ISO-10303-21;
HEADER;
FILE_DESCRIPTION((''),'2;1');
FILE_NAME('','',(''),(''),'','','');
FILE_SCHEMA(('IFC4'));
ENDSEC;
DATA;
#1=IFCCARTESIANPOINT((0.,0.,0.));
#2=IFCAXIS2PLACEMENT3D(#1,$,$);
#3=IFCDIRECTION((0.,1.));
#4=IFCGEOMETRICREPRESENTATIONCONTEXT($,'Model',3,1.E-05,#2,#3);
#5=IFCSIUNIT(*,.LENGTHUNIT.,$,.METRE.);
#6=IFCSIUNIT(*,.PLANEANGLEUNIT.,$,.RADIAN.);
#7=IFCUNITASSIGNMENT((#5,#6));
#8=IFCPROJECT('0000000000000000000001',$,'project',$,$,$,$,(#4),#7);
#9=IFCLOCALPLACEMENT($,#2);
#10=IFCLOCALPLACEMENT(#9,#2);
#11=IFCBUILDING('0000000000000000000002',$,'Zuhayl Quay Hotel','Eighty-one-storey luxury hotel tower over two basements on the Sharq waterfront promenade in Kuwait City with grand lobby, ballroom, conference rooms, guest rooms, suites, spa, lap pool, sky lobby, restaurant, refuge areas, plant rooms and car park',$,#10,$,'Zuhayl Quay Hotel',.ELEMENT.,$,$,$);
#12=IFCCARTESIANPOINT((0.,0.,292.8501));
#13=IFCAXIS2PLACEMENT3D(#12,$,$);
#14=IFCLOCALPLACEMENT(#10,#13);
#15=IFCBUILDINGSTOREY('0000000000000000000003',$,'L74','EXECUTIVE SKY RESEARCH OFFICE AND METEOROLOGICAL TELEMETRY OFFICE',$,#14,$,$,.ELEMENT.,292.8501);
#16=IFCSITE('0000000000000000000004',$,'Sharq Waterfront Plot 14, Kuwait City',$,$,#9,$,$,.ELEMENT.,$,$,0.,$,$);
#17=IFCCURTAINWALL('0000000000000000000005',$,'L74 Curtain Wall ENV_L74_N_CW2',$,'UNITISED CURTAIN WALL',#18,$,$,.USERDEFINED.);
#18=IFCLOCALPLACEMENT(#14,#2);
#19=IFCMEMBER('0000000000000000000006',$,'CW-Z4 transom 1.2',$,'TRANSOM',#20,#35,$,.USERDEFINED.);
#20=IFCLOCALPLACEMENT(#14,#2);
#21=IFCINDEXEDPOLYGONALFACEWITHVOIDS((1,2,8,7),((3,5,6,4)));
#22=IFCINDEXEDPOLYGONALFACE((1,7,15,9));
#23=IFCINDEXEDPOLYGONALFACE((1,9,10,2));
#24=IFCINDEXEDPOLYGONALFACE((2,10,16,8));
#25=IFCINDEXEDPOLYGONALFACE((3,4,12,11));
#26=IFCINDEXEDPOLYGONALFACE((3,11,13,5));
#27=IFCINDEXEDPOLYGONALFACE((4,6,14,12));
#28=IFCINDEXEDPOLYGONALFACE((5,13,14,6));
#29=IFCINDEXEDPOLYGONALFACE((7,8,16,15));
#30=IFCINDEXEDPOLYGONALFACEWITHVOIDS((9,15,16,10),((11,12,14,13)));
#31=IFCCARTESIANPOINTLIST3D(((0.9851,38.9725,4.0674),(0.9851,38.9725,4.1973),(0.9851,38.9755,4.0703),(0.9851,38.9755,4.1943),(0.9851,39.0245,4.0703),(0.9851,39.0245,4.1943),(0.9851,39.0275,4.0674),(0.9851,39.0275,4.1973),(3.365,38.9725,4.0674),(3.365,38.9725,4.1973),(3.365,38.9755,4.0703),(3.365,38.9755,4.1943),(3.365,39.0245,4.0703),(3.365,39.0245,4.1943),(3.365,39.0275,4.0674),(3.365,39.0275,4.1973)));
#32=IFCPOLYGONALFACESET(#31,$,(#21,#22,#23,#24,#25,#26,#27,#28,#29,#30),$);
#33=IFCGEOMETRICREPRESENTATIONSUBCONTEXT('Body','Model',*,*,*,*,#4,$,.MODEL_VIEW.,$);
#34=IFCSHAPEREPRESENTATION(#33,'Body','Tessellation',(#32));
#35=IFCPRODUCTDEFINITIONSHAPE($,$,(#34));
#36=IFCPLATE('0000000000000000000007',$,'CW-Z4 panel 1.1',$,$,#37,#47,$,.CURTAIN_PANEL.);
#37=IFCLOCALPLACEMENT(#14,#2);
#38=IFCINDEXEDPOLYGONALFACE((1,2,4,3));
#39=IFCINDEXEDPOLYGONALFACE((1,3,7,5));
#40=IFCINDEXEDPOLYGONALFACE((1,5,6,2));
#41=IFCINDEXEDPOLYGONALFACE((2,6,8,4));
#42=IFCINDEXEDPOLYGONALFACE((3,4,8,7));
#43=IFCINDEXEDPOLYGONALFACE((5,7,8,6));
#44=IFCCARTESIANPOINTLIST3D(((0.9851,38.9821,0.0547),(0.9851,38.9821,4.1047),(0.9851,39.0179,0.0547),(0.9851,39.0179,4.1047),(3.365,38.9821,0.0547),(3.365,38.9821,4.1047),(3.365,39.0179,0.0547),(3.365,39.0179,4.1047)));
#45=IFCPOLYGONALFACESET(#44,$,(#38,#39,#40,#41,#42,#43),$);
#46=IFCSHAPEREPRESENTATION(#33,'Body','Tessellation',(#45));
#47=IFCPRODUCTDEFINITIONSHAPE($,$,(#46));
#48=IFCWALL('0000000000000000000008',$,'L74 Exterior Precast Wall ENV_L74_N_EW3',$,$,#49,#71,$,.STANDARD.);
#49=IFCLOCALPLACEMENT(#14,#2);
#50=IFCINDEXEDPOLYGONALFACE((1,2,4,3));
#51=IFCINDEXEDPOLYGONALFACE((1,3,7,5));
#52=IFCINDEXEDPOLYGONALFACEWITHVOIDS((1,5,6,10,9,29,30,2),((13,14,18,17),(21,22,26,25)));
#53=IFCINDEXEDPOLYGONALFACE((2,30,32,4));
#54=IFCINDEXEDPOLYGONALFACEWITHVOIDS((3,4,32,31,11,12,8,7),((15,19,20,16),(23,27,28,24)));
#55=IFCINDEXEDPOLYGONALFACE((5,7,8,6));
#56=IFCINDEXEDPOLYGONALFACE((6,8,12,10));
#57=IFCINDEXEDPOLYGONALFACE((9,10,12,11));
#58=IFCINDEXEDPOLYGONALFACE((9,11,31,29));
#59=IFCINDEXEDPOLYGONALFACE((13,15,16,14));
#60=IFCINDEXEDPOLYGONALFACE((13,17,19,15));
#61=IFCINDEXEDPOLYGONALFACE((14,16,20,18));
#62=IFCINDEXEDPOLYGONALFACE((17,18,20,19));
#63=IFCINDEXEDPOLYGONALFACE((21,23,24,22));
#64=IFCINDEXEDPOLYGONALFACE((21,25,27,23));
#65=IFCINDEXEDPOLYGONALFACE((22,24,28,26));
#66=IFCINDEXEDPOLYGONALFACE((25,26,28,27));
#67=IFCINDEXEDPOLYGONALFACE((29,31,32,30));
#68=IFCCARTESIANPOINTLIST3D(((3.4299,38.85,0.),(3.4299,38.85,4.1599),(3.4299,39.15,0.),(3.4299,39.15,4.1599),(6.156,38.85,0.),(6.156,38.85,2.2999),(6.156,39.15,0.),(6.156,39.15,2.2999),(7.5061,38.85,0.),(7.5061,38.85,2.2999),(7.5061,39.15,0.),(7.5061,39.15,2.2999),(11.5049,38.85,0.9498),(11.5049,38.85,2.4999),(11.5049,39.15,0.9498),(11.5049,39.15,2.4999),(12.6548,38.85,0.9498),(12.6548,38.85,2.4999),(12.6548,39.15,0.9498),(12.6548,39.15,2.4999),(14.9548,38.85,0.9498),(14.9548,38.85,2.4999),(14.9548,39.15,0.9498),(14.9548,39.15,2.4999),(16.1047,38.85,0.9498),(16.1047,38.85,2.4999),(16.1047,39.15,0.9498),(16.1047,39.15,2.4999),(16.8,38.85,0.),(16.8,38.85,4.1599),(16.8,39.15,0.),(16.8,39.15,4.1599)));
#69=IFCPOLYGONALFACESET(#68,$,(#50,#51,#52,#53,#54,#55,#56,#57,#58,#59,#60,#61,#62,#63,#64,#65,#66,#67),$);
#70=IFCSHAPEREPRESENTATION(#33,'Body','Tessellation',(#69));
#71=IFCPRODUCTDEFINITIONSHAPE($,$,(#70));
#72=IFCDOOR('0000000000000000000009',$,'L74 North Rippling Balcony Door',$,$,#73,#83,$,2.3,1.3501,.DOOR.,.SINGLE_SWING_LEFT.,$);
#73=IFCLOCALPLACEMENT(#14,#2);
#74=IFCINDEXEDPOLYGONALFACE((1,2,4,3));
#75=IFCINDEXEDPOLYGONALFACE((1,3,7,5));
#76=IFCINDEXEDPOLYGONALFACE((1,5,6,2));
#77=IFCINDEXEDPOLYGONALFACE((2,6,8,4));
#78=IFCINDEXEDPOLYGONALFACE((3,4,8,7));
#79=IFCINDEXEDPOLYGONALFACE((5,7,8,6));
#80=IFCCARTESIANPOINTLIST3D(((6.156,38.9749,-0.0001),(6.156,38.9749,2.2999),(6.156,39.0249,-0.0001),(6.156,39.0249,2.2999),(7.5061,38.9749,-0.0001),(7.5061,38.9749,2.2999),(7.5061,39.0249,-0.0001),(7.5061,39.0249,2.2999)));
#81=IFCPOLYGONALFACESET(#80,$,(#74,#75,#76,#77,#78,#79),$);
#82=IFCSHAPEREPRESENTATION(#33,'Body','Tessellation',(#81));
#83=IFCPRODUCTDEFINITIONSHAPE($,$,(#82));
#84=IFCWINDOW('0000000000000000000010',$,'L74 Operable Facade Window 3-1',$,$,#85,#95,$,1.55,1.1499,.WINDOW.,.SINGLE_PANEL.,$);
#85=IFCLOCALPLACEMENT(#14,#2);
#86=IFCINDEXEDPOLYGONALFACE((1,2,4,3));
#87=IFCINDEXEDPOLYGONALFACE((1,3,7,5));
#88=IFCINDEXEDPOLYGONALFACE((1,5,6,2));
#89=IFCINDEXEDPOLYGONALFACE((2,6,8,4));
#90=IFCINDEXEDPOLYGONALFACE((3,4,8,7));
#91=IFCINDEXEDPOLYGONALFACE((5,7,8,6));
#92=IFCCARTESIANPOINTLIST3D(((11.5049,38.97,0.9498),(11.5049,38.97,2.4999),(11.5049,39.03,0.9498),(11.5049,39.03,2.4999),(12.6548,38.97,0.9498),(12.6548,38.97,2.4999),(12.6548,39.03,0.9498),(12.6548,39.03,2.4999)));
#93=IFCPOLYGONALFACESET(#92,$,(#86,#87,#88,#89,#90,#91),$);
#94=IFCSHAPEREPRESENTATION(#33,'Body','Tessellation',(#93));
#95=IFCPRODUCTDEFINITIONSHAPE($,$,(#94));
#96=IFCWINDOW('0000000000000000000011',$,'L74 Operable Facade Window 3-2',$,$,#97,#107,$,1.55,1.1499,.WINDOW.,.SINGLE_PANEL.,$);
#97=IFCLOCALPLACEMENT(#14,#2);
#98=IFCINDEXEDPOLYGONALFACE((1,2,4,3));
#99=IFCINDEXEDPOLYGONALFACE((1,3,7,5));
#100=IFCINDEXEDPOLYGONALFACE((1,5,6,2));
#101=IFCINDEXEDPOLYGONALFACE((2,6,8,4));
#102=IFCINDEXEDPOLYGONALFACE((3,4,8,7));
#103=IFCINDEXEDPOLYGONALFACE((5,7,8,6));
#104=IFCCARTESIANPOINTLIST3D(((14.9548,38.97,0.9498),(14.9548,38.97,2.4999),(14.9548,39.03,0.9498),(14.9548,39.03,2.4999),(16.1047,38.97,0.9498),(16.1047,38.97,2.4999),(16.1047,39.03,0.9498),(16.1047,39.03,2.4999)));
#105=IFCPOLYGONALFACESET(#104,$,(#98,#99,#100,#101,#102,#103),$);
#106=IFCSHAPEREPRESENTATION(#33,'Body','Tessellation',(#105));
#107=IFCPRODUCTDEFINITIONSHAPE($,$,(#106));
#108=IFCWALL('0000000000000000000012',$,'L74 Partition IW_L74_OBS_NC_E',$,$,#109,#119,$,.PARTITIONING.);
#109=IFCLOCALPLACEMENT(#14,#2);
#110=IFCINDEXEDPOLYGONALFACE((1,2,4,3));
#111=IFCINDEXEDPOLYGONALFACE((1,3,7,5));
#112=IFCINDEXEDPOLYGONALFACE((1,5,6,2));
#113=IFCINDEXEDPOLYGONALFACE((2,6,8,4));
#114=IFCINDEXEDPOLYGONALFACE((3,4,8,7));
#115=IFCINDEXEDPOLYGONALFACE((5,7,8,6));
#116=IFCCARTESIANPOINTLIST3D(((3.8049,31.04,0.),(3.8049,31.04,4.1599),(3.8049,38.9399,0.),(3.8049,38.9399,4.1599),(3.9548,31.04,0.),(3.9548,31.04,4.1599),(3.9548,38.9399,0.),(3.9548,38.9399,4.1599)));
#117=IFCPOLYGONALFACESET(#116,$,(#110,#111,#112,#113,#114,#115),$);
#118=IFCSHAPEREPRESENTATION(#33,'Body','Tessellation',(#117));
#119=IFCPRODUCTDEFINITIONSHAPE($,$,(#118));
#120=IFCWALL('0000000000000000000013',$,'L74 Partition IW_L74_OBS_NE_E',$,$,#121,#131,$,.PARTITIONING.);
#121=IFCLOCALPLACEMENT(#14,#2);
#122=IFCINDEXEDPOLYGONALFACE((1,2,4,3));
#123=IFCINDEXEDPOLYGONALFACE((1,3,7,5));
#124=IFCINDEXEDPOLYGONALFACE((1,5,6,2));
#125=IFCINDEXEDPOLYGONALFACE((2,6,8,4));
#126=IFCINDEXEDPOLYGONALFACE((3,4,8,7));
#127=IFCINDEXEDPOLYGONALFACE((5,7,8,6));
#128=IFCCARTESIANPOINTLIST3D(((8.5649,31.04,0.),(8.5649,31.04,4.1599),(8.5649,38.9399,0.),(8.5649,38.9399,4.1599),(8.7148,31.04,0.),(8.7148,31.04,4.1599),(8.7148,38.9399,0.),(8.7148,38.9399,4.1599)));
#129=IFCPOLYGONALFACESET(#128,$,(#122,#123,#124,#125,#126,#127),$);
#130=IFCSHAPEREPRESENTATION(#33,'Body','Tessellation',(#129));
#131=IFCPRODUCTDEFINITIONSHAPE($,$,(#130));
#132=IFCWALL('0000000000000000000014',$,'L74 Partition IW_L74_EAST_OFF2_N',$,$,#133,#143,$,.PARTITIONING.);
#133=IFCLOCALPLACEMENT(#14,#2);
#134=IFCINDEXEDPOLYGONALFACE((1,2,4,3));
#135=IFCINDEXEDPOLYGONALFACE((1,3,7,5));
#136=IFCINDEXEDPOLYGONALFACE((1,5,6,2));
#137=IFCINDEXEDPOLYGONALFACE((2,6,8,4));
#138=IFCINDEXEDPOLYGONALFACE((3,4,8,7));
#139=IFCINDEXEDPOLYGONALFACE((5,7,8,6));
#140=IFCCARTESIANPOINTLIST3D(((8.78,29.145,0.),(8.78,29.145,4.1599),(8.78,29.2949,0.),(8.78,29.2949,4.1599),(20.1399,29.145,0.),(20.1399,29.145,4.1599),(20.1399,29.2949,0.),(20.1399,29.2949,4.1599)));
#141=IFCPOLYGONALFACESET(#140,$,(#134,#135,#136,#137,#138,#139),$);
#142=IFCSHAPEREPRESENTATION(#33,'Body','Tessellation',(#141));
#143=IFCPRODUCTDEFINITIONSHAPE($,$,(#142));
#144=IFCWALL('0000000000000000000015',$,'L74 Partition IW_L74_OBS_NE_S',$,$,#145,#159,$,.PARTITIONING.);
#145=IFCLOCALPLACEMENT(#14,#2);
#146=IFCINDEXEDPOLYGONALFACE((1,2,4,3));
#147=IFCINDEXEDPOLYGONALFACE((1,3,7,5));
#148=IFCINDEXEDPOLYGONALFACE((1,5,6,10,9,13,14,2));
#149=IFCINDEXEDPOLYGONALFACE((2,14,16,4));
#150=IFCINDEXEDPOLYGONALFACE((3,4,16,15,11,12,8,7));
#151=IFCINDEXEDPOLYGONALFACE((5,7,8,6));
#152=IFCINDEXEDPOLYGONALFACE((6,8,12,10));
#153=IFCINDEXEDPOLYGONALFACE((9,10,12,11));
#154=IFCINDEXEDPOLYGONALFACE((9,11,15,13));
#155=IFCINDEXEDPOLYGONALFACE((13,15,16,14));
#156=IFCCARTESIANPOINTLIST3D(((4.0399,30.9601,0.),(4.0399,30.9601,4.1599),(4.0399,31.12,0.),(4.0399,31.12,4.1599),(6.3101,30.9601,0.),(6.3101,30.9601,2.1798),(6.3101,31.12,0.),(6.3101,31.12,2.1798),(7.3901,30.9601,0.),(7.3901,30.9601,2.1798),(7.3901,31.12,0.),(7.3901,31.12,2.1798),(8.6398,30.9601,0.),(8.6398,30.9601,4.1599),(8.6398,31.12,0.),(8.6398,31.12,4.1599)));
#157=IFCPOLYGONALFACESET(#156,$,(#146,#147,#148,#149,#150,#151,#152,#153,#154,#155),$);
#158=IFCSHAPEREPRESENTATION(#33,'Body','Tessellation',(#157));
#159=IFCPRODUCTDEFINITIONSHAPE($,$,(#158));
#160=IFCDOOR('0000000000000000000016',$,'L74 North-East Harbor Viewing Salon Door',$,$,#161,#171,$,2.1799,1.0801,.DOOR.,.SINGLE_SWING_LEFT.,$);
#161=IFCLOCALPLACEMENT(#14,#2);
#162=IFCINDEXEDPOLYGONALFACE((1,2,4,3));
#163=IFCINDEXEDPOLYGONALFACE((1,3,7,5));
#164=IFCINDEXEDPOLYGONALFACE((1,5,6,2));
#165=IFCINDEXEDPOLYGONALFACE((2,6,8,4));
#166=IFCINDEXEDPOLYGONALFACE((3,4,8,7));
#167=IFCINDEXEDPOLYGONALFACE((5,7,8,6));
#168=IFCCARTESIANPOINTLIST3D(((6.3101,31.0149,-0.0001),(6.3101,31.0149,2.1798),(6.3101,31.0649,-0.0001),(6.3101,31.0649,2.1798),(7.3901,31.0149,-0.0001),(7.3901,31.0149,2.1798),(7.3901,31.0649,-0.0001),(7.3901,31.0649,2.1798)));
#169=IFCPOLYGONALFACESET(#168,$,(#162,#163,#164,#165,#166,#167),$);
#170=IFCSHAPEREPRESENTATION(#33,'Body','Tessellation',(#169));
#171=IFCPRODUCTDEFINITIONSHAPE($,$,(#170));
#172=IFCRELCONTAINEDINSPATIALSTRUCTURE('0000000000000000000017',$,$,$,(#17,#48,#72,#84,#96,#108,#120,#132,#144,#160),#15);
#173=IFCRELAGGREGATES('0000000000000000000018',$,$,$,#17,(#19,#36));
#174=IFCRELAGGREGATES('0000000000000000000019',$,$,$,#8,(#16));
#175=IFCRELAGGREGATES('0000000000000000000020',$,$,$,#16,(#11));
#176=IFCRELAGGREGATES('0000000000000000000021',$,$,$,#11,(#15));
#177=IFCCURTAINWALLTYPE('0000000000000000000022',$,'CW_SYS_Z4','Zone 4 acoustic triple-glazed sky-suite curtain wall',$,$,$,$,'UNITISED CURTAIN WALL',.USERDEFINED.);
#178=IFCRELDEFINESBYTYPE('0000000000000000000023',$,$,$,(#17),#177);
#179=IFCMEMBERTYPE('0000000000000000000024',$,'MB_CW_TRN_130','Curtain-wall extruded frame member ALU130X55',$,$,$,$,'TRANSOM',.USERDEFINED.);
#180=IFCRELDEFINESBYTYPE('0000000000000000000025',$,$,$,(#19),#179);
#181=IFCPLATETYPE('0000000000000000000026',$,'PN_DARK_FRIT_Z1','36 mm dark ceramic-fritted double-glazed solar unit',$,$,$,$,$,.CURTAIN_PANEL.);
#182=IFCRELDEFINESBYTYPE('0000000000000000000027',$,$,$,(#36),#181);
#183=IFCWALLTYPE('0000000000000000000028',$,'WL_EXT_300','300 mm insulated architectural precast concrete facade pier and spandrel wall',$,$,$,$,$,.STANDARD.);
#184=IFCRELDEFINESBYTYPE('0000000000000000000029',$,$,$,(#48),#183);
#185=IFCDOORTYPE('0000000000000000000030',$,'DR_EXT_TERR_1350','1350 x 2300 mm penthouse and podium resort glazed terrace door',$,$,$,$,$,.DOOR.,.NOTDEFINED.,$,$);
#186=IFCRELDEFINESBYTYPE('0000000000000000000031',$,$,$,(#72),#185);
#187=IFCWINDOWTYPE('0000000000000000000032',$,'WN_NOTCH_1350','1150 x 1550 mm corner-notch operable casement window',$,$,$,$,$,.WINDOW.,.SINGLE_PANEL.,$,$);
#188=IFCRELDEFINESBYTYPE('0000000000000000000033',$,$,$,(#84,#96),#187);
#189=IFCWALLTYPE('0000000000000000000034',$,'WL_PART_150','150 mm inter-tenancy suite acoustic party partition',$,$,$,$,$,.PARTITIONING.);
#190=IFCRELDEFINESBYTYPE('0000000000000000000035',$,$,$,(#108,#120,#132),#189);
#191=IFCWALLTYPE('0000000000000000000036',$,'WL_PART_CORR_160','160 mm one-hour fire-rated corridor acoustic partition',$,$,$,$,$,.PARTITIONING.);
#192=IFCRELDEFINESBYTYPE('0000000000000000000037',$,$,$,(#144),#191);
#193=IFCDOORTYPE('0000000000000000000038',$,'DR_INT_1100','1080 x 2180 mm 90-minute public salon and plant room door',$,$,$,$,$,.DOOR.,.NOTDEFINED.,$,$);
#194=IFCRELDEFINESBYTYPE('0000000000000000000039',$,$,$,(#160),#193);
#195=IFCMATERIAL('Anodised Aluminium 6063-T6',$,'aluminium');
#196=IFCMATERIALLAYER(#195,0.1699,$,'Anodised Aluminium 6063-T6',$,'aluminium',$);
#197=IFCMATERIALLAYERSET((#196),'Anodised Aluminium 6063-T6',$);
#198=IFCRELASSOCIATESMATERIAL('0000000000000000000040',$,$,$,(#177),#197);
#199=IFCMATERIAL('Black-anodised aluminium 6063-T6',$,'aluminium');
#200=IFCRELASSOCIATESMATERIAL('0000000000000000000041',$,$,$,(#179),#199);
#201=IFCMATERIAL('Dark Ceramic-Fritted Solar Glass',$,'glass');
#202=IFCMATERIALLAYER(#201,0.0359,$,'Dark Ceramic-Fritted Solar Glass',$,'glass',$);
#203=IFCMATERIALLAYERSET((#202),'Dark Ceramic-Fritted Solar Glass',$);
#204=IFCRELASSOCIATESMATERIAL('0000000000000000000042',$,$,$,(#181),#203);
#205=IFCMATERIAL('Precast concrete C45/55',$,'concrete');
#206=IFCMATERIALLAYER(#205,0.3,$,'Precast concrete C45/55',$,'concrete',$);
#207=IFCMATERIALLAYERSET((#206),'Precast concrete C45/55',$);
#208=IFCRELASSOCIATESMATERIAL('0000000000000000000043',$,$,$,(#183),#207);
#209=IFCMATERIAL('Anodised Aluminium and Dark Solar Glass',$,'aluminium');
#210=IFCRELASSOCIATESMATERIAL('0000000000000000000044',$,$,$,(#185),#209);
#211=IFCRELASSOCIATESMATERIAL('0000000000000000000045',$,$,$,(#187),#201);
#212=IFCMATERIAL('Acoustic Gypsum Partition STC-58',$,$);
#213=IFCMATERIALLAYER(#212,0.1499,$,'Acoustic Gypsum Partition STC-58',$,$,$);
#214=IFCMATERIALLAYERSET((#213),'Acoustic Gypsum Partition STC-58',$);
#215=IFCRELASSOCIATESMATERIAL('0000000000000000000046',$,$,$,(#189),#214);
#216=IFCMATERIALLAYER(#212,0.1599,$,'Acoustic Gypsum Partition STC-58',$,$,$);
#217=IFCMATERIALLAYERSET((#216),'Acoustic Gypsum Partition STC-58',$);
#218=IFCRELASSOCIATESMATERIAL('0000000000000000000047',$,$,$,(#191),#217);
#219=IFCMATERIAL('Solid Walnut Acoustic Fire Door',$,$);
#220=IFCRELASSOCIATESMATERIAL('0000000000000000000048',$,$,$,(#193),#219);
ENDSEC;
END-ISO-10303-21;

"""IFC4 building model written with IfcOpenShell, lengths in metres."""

from ifc_helpers import new_model, si_unit, direction, frame, frame_2d, origin, origin_2d, place, context, subcontext, project, spatial, rectangle, hollow_rectangle, extrude, material, layer, layer_set, material_profile, profile_set, type_object, element, fill, aggregate, save


model = new_model("IFC4")

# Units and contexts
model_context = context("Model", 3, precision=1e-05, world=origin(), true_north=direction((0.0, 1.0)))
body_context = subcontext(model_context, "Body", "Model", "MODEL_VIEW")
ifc_project = project(units=[si_unit("LENGTHUNIT", "METRE"), si_unit("PLANEANGLEUNIT", "RADIAN")], contexts=[model_context])

# Site, building, storey
site_placement = place(None, origin())
site = spatial("IfcSite", under=ifc_project, at=site_placement, Name="Sharq Waterfront Plot 14, Kuwait City", CompositionType="ELEMENT", RefElevation=0.0)
building_placement = place(site_placement, origin())
building = spatial("IfcBuilding", under=site, at=building_placement, Name="Zuhayl Quay Hotel", Description="Eighty-one-storey luxury hotel tower over two basements on the Sharq waterfront promenade in Kuwait City with grand lobby, ballroom, conference rooms, guest rooms, suites, spa, lap pool, sky lobby, restaurant, refuge areas, plant rooms and car park", LongName="Zuhayl Quay Hotel", CompositionType="ELEMENT")
storey_placement = place(building_placement, frame((0.0, 0.0, 292.8501)))
storey = spatial("IfcBuildingStorey", under=building, at=storey_placement, Name="L74", Description="EXECUTIVE SKY RESEARCH OFFICE AND METEOROLOGICAL TELEMETRY OFFICE", CompositionType="ELEMENT", Elevation=292.8501)

# Curtain wall, member, plate
ifc_material_1 = material(Name="Anodised Aluminium 6063-T6", Category="aluminium")
ifc_layer_1 = layer(ifc_material_1, 0.1699, Name="Anodised Aluminium 6063-T6", Category="aluminium")
ifc_layer_set_1 = layer_set([ifc_layer_1], Name="Anodised Aluminium 6063-T6")
curtain_wall_type = type_object("IfcCurtainWallType", Name="CW_SYS_Z4", Description="Zone 4 acoustic triple-glazed sky-suite curtain wall", ElementType="UNITISED CURTAIN WALL", PredefinedType="USERDEFINED", material=ifc_layer_set_1)
curtain_wall_placement = place(storey_placement, origin())
curtain_wall = element("IfcCurtainWall", 1, at=curtain_wall_placement, inside=storey, type_object=curtain_wall_type, Name="L74 Curtain Wall ENV_L74_N_CW2", ObjectType="UNITISED CURTAIN WALL", PredefinedType="USERDEFINED")
ifc_material_2 = material(Name="Black-anodised aluminium 6063-T6", Category="aluminium")
ifc_material_profile_1 = material_profile(ifc_material_2, hollow_rectangle(XDim=0.0549, YDim=0.1299, WallThickness=0.0029, at=origin_2d()), Name="ALU130X55")
ifc_profile_set_1 = profile_set([ifc_material_profile_1], Name="Black-anodised aluminium 6063-T6")
member_type_1 = type_object("IfcMemberType", Name="MB_CW_TRN_130", Description="Curtain-wall extruded frame member ALU130X55", ElementType="TRANSOM", PredefinedType="USERDEFINED", material=ifc_profile_set_1)
member_1_placement = place(storey_placement, frame((0.9851, 39.0, 4.1323), z_axis=(1.0, 0.0, 0.0), x_axis=(0.0, 1.0, 0.0)))
member_1 = element("IfcMember", 2, at=member_1_placement, type_object=member_type_1, Name="CW-Z4 transom 1.2", ObjectType="TRANSOM", PredefinedType="USERDEFINED", context=body_context, shape_type="SweptSolid", body=[
    extrude(hollow_rectangle(XDim=0.0549, YDim=0.1299, WallThickness=0.0029, at=origin_2d()), origin(), (0.0, 0.0, 1.0), 2.3799),
])
ifc_material_3 = material(Name="Dark Ceramic-Fritted Solar Glass", Category="glass")
ifc_layer_2 = layer(ifc_material_3, 0.0359, Name="Dark Ceramic-Fritted Solar Glass", Category="glass")
ifc_layer_set_2 = layer_set([ifc_layer_2], Name="Dark Ceramic-Fritted Solar Glass")
plate_type = type_object("IfcPlateType", Name="PN_DARK_FRIT_Z1", Description="36 mm dark ceramic-fritted double-glazed solar unit", PredefinedType="CURTAIN_PANEL", material=ifc_layer_set_2)
plate_placement = place(storey_placement, frame((2.175, 39.0, 0.0547), z_axis=(0.0, 0.0, 1.0), x_axis=(1.0, 0.0, 0.0)))
plate = element("IfcPlate", 3, at=plate_placement, type_object=plate_type, Name="CW-Z4 panel 1.1", PredefinedType="CURTAIN_PANEL", context=body_context, shape_type="SweptSolid", body=[
    extrude(rectangle(XDim=2.3799, YDim=0.0359, at=origin_2d()), origin(), (0.0, 0.0, 1.0), 4.05),
])
aggregate(curtain_wall, [member_1, plate])

# Wall, openings, door, windows
ifc_material_4 = material(Name="Precast concrete C45/55", Category="concrete")
ifc_layer_3 = layer(ifc_material_4, 0.3, Name="Precast concrete C45/55", Category="concrete")
ifc_layer_set_3 = layer_set([ifc_layer_3], Name="Precast concrete C45/55")
wall_type_1 = type_object("IfcWallType", Name="WL_EXT_300", Description="300 mm insulated architectural precast concrete facade pier and spandrel wall", PredefinedType="STANDARD", material=ifc_layer_set_3)
wall_1_placement = place(storey_placement, frame((3.4299, 39.0, 0.0), z_axis=(0.0, 0.0, 1.0), x_axis=(1.0, 0.0, 0.0)))
wall_1 = element("IfcWall", 4, at=wall_1_placement, inside=storey, type_object=wall_type_1, Name="L74 Exterior Precast Wall ENV_L74_N_EW3", PredefinedType="STANDARD", context=body_context, shape_type="SweptSolid", body=[
    extrude(rectangle(XDim=13.3701, YDim=0.3, at=frame_2d((6.6851, 0.0))), origin(), (0.0, 0.0, 1.0), 4.1599),
])
opening_1_placement = place(wall_1_placement, frame((2.7261, 0.0, 0.0)))
opening_1 = element("IfcOpeningElement", 5, at=opening_1_placement, cuts=wall_1, PredefinedType="OPENING", context=body_context, shape_type="SweptSolid", body=[
    extrude(rectangle(XDim=1.3501, YDim=2.3, at=frame_2d((0.675, 1.1499))), frame((0.0, 0.1599, 0.0), z_axis=(0.0, -1.0, 0.0), x_axis=(1.0, 0.0, 0.0)), (0.0, 0.0, 1.0), 0.3201),
])
opening_2_placement = place(wall_1_placement, frame((8.075, 0.0, 0.95)))
opening_2 = element("IfcOpeningElement", 6, at=opening_2_placement, cuts=wall_1, PredefinedType="OPENING", context=body_context, shape_type="SweptSolid", body=[
    extrude(rectangle(XDim=1.1499, YDim=1.55, at=frame_2d((0.575, 0.7749))), frame((0.0, 0.1599, 0.0), z_axis=(0.0, -1.0, 0.0), x_axis=(1.0, 0.0, 0.0)), (0.0, 0.0, 1.0), 0.3201),
])
opening_3_placement = place(wall_1_placement, frame((11.5249, 0.0, 0.95)))
opening_3 = element("IfcOpeningElement", 7, at=opening_3_placement, cuts=wall_1, PredefinedType="OPENING", context=body_context, shape_type="SweptSolid", body=[
    extrude(rectangle(XDim=1.1499, YDim=1.55, at=frame_2d((0.575, 0.7749))), frame((0.0, 0.1599, 0.0), z_axis=(0.0, -1.0, 0.0), x_axis=(1.0, 0.0, 0.0)), (0.0, 0.0, 1.0), 0.3201),
])
ifc_material_5 = material(Name="Anodised Aluminium and Dark Solar Glass", Category="aluminium")
door_type_1 = type_object("IfcDoorType", Name="DR_EXT_TERR_1350", Description="1350 x 2300 mm penthouse and podium resort glazed terrace door", OperationType="NOTDEFINED", PredefinedType="DOOR", material=ifc_material_5)
door_1_placement = place(opening_1_placement, origin())
door_1 = element("IfcDoor", 8, at=door_1_placement, inside=storey, type_object=door_type_1, Name="L74 North Rippling Balcony Door", OperationType="SINGLE_SWING_LEFT", OverallHeight=2.3, OverallWidth=1.3501, PredefinedType="DOOR", context=body_context, shape_type="SweptSolid", body=[
    extrude(rectangle(XDim=1.3501, YDim=2.3, at=frame_2d((0.675, 1.1499))), frame((0.0, 0.0249, 0.0), z_axis=(0.0, -1.0, 0.0), x_axis=(1.0, 0.0, 0.0)), (0.0, 0.0, 1.0), 0.05),
])
fill(opening_1, door_1)
window_type = type_object("IfcWindowType", Name="WN_NOTCH_1350", Description="1150 x 1550 mm corner-notch operable casement window", PartitioningType="SINGLE_PANEL", PredefinedType="WINDOW", material=ifc_material_3)
window_1_placement = place(opening_2_placement, origin())
window_1 = element("IfcWindow", 9, at=window_1_placement, inside=storey, type_object=window_type, Name="L74 Operable Facade Window 3-1", OverallHeight=1.55, OverallWidth=1.1499, PartitioningType="SINGLE_PANEL", PredefinedType="WINDOW", context=body_context, shape_type="SweptSolid", body=[
    extrude(rectangle(XDim=1.1499, YDim=1.55, at=frame_2d((0.575, 0.7749))), frame((0.0, 0.03, 0.0), z_axis=(0.0, -1.0, 0.0), x_axis=(1.0, 0.0, 0.0)), (0.0, 0.0, 1.0), 0.0601),
])
fill(opening_2, window_1)
window_2_placement = place(opening_3_placement, origin())
window_2 = element("IfcWindow", 10, at=window_2_placement, inside=storey, type_object=window_type, Name="L74 Operable Facade Window 3-2", OverallHeight=1.55, OverallWidth=1.1499, PartitioningType="SINGLE_PANEL", PredefinedType="WINDOW", context=body_context, shape_type="SweptSolid", body=[
    extrude(rectangle(XDim=1.1499, YDim=1.55, at=frame_2d((0.575, 0.7749))), frame((0.0, 0.03, 0.0), z_axis=(0.0, -1.0, 0.0), x_axis=(1.0, 0.0, 0.0)), (0.0, 0.0, 1.0), 0.0601),
])
fill(opening_3, window_2)

# Walls
ifc_material_6 = material(Name="Acoustic Gypsum Partition STC-58")
ifc_layer_4 = layer(ifc_material_6, 0.1499, Name="Acoustic Gypsum Partition STC-58")
ifc_layer_set_4 = layer_set([ifc_layer_4], Name="Acoustic Gypsum Partition STC-58")
wall_type_2 = type_object("IfcWallType", Name="WL_PART_150", Description="150 mm inter-tenancy suite acoustic party partition", PredefinedType="PARTITIONING", material=ifc_layer_set_4)
for number, where, z_axis, x_axis, name in (
    (11, (3.8799, 31.04, 0.0), (0.0, 0.0, 1.0), (0.0, 1.0, 0.0), "L74 Partition IW_L74_OBS_NC_E"),
    (12, (8.6399, 31.04, 0.0), (0.0, 0.0, 1.0), (0.0, 1.0, 0.0), "L74 Partition IW_L74_OBS_NE_E"),
):
    element("IfcWall", number, at=place(storey_placement, frame(where, z_axis=z_axis, x_axis=x_axis)), inside=storey, type_object=wall_type_2, Name=name, PredefinedType="PARTITIONING", context=body_context, shape_type="SweptSolid", body=[
        extrude(rectangle(XDim=7.8999, YDim=0.1499, at=frame_2d((3.95, 0.0))), origin(), (0.0, 0.0, 1.0), 4.1599),
    ])
wall_2_placement = place(storey_placement, frame((8.78, 29.22, 0.0), z_axis=(0.0, 0.0, 1.0), x_axis=(1.0, 0.0, 0.0)))
element("IfcWall", 13, at=wall_2_placement, inside=storey, type_object=wall_type_2, Name="L74 Partition IW_L74_EAST_OFF2_N", PredefinedType="PARTITIONING", context=body_context, shape_type="SweptSolid", body=[
    extrude(rectangle(XDim=11.3599, YDim=0.1499, at=frame_2d((5.6799, 0.0))), origin(), (0.0, 0.0, 1.0), 4.1599),
])

# Wall, opening, door
ifc_layer_5 = layer(ifc_material_6, 0.1599, Name="Acoustic Gypsum Partition STC-58")
ifc_layer_set_5 = layer_set([ifc_layer_5], Name="Acoustic Gypsum Partition STC-58")
wall_type_3 = type_object("IfcWallType", Name="WL_PART_CORR_160", Description="160 mm one-hour fire-rated corridor acoustic partition", PredefinedType="PARTITIONING", material=ifc_layer_set_5)
wall_3_placement = place(storey_placement, frame((4.04, 31.04, 0.0), z_axis=(0.0, 0.0, 1.0), x_axis=(1.0, 0.0, 0.0)))
wall_3 = element("IfcWall", 14, at=wall_3_placement, inside=storey, type_object=wall_type_3, Name="L74 Partition IW_L74_OBS_NE_S", PredefinedType="PARTITIONING", context=body_context, shape_type="SweptSolid", body=[
    extrude(rectangle(XDim=4.5999, YDim=0.1599, at=frame_2d((2.2998, 0.0))), origin(), (0.0, 0.0, 1.0), 4.1599),
])
opening_4_placement = place(wall_3_placement, frame((2.27, 0.0, 0.0)))
opening_4 = element("IfcOpeningElement", 15, at=opening_4_placement, cuts=wall_3, PredefinedType="OPENING", context=body_context, shape_type="SweptSolid", body=[
    extrude(rectangle(XDim=1.0801, YDim=2.1799, at=frame_2d((0.54, 1.0898))), frame((0.0, 0.0898, 0.0), z_axis=(0.0, -1.0, 0.0), x_axis=(1.0, 0.0, 0.0)), (0.0, 0.0, 1.0), 0.1799),
])
ifc_material_7 = material(Name="Solid Walnut Acoustic Fire Door")
door_type_2 = type_object("IfcDoorType", Name="DR_INT_1100", Description="1080 x 2180 mm 90-minute public salon and plant room door", OperationType="NOTDEFINED", PredefinedType="DOOR", material=ifc_material_7)
door_2_placement = place(opening_4_placement, origin())
door_2 = element("IfcDoor", 16, at=door_2_placement, inside=storey, type_object=door_type_2, Name="L74 North-East Harbor Viewing Salon Door", OperationType="SINGLE_SWING_LEFT", OverallHeight=2.1799, OverallWidth=1.0801, PredefinedType="DOOR", context=body_context, shape_type="SweptSolid", body=[
    extrude(rectangle(XDim=1.0801, YDim=2.1799, at=frame_2d((0.54, 1.0898))), frame((0.0, 0.0249, 0.0), z_axis=(0.0, -1.0, 0.0), x_axis=(1.0, 0.0, 0.0)), (0.0, 0.0, 1.0), 0.05),
])
fill(opening_4, door_2)

save(model, "model.ifc")
